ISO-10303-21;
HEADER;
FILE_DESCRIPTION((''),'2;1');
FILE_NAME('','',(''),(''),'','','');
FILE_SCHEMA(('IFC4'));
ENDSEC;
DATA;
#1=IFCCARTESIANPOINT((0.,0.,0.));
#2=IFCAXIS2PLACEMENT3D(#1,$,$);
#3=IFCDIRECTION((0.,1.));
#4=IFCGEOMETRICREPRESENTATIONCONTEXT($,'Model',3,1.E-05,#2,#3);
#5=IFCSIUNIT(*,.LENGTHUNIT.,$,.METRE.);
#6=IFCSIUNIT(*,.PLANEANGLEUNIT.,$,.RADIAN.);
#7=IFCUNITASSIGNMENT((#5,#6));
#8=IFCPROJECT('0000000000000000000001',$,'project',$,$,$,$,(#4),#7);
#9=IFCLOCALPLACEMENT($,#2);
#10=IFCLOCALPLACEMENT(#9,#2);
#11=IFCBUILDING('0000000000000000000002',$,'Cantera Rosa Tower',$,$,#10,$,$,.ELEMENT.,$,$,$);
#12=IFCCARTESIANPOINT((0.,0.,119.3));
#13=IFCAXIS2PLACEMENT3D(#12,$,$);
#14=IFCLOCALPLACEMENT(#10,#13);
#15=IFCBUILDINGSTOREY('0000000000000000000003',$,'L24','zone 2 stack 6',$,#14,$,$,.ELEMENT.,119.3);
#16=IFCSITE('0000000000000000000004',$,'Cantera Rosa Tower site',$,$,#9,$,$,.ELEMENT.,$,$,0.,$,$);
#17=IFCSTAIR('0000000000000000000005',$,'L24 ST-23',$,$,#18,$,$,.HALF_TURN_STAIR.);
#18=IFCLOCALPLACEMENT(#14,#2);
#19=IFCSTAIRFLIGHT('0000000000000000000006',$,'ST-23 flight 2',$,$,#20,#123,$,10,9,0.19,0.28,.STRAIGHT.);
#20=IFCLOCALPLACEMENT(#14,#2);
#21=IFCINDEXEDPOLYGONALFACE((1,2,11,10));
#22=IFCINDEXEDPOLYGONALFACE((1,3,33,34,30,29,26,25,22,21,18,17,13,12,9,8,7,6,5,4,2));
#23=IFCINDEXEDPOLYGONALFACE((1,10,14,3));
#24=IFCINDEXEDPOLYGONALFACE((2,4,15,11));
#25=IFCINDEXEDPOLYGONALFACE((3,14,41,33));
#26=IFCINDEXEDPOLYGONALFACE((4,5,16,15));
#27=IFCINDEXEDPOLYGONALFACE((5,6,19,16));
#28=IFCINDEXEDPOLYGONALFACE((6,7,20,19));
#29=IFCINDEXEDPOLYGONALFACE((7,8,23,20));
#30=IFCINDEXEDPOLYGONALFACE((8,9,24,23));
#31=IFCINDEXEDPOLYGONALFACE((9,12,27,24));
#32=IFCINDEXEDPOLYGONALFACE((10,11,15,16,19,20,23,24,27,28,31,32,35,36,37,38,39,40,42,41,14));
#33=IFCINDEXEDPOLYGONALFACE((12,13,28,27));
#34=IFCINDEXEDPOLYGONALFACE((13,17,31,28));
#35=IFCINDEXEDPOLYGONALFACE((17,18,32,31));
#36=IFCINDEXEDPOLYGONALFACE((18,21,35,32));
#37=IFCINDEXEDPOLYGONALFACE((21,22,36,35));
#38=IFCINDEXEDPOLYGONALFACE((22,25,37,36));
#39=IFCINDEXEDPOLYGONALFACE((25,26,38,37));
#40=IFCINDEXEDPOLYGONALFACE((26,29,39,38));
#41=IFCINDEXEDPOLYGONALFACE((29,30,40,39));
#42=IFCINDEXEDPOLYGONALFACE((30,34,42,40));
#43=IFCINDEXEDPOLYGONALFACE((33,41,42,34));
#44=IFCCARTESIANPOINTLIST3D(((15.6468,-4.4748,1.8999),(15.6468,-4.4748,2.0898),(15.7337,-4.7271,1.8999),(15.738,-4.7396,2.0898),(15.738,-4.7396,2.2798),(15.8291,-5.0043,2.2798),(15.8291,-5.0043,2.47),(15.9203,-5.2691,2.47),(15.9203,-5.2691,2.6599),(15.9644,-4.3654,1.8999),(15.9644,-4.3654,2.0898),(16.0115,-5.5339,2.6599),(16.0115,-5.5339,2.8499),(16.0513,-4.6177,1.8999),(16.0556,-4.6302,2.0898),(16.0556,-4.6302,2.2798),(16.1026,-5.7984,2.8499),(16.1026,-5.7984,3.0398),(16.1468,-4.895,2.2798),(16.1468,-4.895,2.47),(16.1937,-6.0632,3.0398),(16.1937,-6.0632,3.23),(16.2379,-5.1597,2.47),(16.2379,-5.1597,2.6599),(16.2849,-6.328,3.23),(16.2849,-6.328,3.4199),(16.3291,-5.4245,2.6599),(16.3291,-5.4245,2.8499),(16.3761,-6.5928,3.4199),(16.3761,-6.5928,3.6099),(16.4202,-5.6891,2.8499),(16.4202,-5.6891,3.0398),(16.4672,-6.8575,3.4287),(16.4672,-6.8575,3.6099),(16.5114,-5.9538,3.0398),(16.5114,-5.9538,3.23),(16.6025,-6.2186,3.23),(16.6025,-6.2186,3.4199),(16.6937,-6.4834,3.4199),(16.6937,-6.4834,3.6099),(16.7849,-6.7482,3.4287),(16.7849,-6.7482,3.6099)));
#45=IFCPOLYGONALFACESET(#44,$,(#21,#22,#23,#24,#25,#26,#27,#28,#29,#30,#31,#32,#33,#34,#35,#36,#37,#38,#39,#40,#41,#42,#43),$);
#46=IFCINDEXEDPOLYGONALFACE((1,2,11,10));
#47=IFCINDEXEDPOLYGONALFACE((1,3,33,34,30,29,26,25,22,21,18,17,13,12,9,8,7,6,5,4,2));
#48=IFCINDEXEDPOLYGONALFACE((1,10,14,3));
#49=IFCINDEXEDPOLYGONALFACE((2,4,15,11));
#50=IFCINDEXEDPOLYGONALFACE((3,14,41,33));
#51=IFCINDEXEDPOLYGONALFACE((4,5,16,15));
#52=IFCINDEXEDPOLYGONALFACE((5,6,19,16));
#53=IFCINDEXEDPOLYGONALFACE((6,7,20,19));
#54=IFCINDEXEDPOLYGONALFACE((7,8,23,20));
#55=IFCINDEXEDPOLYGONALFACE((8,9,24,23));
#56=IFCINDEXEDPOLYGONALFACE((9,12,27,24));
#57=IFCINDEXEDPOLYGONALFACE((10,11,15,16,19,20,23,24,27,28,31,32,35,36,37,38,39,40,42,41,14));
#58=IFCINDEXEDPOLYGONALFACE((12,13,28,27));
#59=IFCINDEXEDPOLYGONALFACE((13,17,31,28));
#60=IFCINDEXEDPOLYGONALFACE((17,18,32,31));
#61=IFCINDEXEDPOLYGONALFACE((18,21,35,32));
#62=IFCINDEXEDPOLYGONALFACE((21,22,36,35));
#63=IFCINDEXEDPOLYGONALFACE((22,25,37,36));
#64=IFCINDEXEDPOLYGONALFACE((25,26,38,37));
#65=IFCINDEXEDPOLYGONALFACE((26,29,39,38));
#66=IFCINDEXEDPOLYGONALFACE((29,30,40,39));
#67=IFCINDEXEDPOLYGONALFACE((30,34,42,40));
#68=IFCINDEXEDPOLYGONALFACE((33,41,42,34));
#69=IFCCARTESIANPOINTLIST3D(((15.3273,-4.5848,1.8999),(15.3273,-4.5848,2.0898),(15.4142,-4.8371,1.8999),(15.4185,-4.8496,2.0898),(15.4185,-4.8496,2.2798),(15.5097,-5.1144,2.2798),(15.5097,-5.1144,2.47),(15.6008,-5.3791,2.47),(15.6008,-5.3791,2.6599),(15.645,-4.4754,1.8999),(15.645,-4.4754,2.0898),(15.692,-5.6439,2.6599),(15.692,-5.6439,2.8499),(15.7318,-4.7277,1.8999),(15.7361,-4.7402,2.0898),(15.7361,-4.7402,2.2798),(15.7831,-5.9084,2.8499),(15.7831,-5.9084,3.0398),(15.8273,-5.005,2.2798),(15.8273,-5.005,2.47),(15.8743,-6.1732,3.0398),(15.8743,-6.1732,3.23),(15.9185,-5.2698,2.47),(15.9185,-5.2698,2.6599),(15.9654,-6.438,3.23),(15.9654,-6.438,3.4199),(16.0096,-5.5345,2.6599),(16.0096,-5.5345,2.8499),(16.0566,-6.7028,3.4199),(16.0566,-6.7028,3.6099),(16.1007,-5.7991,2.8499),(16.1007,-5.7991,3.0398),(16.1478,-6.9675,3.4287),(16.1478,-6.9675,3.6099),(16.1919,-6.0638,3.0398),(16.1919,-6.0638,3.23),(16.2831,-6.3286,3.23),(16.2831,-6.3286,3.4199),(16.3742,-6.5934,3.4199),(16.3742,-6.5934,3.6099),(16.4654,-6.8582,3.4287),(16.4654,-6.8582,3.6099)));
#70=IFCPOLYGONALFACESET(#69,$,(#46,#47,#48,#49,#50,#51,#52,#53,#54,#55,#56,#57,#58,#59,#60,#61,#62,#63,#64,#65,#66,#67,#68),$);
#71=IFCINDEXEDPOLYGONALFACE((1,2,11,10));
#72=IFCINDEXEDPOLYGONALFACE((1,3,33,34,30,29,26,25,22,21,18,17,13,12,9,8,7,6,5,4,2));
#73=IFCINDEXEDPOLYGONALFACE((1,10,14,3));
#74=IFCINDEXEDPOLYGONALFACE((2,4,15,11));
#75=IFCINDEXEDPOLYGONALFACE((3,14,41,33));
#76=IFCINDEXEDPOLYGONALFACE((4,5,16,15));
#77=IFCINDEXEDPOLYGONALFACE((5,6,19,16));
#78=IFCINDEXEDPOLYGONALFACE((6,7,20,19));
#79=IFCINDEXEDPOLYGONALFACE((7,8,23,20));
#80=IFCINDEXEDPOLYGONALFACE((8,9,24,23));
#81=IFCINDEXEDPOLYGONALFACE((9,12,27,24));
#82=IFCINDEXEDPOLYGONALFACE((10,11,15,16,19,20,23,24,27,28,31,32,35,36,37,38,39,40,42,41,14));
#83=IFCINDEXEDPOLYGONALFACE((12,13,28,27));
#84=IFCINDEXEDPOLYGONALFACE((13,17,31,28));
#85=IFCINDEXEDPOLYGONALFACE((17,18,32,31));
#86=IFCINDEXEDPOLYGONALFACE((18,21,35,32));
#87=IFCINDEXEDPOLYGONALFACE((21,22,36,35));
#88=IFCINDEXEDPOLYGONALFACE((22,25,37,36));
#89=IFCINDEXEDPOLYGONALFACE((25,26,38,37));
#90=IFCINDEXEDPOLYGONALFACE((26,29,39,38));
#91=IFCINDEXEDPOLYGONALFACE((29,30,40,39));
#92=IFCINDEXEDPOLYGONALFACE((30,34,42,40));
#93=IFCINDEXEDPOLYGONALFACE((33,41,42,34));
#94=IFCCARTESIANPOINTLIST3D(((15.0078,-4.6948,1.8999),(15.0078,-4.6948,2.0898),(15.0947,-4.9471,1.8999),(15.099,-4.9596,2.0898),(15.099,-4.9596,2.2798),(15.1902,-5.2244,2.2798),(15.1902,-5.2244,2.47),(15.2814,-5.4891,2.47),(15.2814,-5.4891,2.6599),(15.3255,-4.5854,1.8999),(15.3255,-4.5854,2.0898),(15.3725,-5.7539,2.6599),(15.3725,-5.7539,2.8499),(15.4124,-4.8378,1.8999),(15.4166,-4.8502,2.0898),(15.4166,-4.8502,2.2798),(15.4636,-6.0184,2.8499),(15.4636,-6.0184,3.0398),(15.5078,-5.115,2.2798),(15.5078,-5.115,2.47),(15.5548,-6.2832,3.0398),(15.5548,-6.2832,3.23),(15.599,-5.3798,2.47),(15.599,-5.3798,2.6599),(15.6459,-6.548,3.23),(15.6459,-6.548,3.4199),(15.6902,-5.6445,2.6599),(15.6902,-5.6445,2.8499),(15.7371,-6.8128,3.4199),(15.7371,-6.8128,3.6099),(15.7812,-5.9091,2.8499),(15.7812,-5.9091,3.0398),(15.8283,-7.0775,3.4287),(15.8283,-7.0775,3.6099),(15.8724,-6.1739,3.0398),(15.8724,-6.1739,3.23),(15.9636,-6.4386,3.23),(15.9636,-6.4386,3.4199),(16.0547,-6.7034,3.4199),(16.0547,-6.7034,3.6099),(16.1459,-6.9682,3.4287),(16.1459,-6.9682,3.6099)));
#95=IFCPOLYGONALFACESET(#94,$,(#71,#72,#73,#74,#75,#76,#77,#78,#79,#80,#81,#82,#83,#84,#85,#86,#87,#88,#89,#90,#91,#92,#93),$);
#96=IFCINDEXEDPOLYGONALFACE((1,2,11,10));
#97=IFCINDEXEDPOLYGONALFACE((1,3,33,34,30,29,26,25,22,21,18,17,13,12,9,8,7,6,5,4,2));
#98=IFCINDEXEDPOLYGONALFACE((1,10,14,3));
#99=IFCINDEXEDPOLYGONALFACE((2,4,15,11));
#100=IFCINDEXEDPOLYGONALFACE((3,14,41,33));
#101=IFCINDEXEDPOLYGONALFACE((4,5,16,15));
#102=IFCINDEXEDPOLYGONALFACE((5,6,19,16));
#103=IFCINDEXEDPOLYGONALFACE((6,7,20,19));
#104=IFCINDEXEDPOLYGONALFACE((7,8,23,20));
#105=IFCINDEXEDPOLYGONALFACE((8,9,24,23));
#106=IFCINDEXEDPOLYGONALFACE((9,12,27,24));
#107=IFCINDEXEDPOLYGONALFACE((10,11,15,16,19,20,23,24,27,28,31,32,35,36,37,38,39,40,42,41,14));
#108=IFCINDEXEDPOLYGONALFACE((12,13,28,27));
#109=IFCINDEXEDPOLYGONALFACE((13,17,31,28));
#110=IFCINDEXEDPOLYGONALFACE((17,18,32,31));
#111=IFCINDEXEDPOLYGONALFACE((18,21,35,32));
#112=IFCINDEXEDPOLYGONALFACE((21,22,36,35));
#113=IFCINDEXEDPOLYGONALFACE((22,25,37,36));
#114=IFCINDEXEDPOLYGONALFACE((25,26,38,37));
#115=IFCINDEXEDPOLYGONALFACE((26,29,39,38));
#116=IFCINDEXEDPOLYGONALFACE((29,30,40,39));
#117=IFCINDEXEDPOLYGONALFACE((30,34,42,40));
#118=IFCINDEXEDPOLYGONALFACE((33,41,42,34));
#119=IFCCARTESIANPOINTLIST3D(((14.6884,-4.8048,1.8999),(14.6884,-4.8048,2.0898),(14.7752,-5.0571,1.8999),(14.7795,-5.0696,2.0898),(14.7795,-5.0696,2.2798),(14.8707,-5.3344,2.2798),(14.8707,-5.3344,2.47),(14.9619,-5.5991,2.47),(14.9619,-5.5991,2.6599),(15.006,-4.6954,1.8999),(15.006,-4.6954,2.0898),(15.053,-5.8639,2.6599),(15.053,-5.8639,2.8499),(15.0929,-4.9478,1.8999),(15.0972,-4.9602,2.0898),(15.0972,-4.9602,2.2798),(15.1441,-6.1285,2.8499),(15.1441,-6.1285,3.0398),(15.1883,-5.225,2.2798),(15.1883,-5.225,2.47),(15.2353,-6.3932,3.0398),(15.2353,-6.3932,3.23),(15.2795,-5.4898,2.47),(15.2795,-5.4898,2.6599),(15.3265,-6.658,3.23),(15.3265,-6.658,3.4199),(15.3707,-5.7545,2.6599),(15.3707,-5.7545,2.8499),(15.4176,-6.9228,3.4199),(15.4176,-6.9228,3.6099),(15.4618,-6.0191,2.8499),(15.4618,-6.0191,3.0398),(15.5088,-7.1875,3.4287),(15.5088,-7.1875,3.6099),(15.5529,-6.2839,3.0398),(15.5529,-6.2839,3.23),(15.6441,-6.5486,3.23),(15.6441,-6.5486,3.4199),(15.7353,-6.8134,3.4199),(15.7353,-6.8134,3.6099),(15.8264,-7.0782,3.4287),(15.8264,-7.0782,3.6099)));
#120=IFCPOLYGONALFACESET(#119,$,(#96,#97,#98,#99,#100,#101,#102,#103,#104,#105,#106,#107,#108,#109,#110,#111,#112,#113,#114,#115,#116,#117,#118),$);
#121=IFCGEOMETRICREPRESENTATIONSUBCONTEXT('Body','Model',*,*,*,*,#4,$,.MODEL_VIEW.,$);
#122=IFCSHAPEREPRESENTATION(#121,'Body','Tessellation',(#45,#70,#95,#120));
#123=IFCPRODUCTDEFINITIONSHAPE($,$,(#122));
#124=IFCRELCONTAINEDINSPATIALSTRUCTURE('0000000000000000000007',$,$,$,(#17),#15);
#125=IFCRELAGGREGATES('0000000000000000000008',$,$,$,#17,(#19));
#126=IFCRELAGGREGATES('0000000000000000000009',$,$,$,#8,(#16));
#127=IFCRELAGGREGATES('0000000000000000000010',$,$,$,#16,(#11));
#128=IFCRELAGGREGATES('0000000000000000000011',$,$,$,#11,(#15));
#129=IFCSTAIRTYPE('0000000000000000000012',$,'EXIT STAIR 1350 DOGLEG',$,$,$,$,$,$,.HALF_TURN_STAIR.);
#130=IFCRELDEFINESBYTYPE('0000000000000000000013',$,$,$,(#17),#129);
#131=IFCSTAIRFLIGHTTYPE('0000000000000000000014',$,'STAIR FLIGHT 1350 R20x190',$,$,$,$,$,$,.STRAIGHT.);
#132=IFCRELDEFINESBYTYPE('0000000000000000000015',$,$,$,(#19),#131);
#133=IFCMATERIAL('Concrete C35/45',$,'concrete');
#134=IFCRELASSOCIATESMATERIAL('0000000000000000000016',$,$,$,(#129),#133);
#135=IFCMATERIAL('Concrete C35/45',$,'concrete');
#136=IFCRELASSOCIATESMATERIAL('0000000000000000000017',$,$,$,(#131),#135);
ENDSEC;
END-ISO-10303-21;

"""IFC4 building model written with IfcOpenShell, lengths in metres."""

from ifc_helpers import new_model, si_unit, direction, frame, origin, place, context, subcontext, project, spatial, polyline, outline, extrude, material, type_object, element, aggregate, save


model = new_model("IFC4")

# Units and contexts
model_context = context("Model", 3, precision=1e-05, world=origin(), true_north=direction((0.0, 1.0)))
body_context = subcontext(model_context, "Body", "Model", "MODEL_VIEW")
ifc_project = project(units=[si_unit("LENGTHUNIT", "METRE"), si_unit("PLANEANGLEUNIT", "RADIAN")], contexts=[model_context])

# Site, building, storey
site_placement = place(None, origin())
site = spatial("IfcSite", under=ifc_project, at=site_placement, Name="Cantera Rosa Tower site", CompositionType="ELEMENT", RefElevation=0.0)
building_placement = place(site_placement, origin())
building = spatial("IfcBuilding", under=site, at=building_placement, Name="Cantera Rosa Tower", CompositionType="ELEMENT")
storey_placement = place(building_placement, frame((0.0, 0.0, 119.3)))
storey = spatial("IfcBuildingStorey", under=building, at=storey_placement, Name="L24", Description="zone 2 stack 6", CompositionType="ELEMENT", Elevation=119.3)

# Stair, stair flight
ifc_material_1 = material(Name="Concrete C35/45", Category="concrete")
stair_type = type_object("IfcStairType", Name="EXIT STAIR 1350 DOGLEG", PredefinedType="HALF_TURN_STAIR", material=ifc_material_1)
stair_placement = place(storey_placement, origin())
stair = element("IfcStair", 1, at=stair_placement, inside=storey, type_object=stair_type, Name="L24 ST-23", PredefinedType="HALF_TURN_STAIR")
ifc_material_2 = material(Name="Concrete C35/45", Category="concrete")
stair_flight_type = type_object("IfcStairFlightType", Name="STAIR FLIGHT 1350 R20x190", PredefinedType="STRAIGHT", material=ifc_material_2)
stair_flight_1_placement = place(storey_placement, frame((15.3262, -4.5852, 1.8999), z_axis=(0.0, 0.0, 1.0), x_axis=(0.325568, -0.945519, 0.0)))
stair_flight_1 = element("IfcStairFlight", 2, at=stair_flight_1_placement, type_object=stair_flight_type, Name="ST-23 flight 2", NumberOfRisers=10, NumberOfTreads=9, PredefinedType="STRAIGHT", RiserHeight=0.19, TreadLength=0.28, context=body_context, shape_type="SweptSolid", body=[
    extrude(outline(polyline([(0.0, 0.0), (0.0, 0.1899), (0.28, 0.1899), (0.28, 0.3799), (0.5601, 0.3799), (0.5601, 0.5701), (0.8401, 0.5701), (0.8401, 0.76), (1.1201, 0.76), (1.1201, 0.95), (1.3999, 0.95), (1.3999, 1.1399), (1.6799, 1.1399), (1.6799, 1.3301), (1.96, 1.3301), (1.96, 1.52), (2.24, 1.52), (2.24, 1.71), (2.52, 1.71), (2.52, 1.8999), (2.52, 1.5288), (0.2668, 0.0), (0.0, 0.0)])), frame((0.0, 0.675, 0.0), z_axis=(0.0, -1.0, 0.0), x_axis=(1.0, 0.0, 0.0)), (0.0, 0.0, 1.0), 0.3359),
    extrude(outline(polyline([(0.0, 0.0), (0.0, 0.1899), (0.28, 0.1899), (0.28, 0.3799), (0.5601, 0.3799), (0.5601, 0.5701), (0.8401, 0.5701), (0.8401, 0.76), (1.1201, 0.76), (1.1201, 0.95), (1.3999, 0.95), (1.3999, 1.1399), (1.6799, 1.1399), (1.6799, 1.3301), (1.96, 1.3301), (1.96, 1.52), (2.24, 1.52), (2.24, 1.71), (2.52, 1.71), (2.52, 1.8999), (2.52, 1.5288), (0.2668, 0.0), (0.0, 0.0)])), frame((0.0, 0.3372, 0.0), z_axis=(0.0, -1.0, 0.0), x_axis=(1.0, 0.0, 0.0)), (0.0, 0.0, 1.0), 0.3359),
    extrude(outline(polyline([(0.0, 0.0), (0.0, 0.1899), (0.28, 0.1899), (0.28, 0.3799), (0.5601, 0.3799), (0.5601, 0.5701), (0.8401, 0.5701), (0.8401, 0.76), (1.1201, 0.76), (1.1201, 0.95), (1.3999, 0.95), (1.3999, 1.1399), (1.6799, 1.1399), (1.6799, 1.3301), (1.96, 1.3301), (1.96, 1.52), (2.24, 1.52), (2.24, 1.71), (2.52, 1.71), (2.52, 1.8999), (2.52, 1.5288), (0.2668, 0.0), (0.0, 0.0)])), frame((0.0, -0.0007, 0.0), z_axis=(0.0, -1.0, 0.0), x_axis=(1.0, 0.0, 0.0)), (0.0, 0.0, 1.0), 0.3359),
    extrude(outline(polyline([(0.0, 0.0), (0.0, 0.1899), (0.28, 0.1899), (0.28, 0.3799), (0.5601, 0.3799), (0.5601, 0.5701), (0.8401, 0.5701), (0.8401, 0.76), (1.1201, 0.76), (1.1201, 0.95), (1.3999, 0.95), (1.3999, 1.1399), (1.6799, 1.1399), (1.6799, 1.3301), (1.96, 1.3301), (1.96, 1.52), (2.24, 1.52), (2.24, 1.71), (2.52, 1.71), (2.52, 1.8999), (2.52, 1.5288), (0.2668, 0.0), (0.0, 0.0)])), frame((0.0, -0.3386, 0.0), z_axis=(0.0, -1.0, 0.0), x_axis=(1.0, 0.0, 0.0)), (0.0, 0.0, 1.0), 0.3359),
])
aggregate(stair, [stair_flight_1])

save(model, "model.ifc")
